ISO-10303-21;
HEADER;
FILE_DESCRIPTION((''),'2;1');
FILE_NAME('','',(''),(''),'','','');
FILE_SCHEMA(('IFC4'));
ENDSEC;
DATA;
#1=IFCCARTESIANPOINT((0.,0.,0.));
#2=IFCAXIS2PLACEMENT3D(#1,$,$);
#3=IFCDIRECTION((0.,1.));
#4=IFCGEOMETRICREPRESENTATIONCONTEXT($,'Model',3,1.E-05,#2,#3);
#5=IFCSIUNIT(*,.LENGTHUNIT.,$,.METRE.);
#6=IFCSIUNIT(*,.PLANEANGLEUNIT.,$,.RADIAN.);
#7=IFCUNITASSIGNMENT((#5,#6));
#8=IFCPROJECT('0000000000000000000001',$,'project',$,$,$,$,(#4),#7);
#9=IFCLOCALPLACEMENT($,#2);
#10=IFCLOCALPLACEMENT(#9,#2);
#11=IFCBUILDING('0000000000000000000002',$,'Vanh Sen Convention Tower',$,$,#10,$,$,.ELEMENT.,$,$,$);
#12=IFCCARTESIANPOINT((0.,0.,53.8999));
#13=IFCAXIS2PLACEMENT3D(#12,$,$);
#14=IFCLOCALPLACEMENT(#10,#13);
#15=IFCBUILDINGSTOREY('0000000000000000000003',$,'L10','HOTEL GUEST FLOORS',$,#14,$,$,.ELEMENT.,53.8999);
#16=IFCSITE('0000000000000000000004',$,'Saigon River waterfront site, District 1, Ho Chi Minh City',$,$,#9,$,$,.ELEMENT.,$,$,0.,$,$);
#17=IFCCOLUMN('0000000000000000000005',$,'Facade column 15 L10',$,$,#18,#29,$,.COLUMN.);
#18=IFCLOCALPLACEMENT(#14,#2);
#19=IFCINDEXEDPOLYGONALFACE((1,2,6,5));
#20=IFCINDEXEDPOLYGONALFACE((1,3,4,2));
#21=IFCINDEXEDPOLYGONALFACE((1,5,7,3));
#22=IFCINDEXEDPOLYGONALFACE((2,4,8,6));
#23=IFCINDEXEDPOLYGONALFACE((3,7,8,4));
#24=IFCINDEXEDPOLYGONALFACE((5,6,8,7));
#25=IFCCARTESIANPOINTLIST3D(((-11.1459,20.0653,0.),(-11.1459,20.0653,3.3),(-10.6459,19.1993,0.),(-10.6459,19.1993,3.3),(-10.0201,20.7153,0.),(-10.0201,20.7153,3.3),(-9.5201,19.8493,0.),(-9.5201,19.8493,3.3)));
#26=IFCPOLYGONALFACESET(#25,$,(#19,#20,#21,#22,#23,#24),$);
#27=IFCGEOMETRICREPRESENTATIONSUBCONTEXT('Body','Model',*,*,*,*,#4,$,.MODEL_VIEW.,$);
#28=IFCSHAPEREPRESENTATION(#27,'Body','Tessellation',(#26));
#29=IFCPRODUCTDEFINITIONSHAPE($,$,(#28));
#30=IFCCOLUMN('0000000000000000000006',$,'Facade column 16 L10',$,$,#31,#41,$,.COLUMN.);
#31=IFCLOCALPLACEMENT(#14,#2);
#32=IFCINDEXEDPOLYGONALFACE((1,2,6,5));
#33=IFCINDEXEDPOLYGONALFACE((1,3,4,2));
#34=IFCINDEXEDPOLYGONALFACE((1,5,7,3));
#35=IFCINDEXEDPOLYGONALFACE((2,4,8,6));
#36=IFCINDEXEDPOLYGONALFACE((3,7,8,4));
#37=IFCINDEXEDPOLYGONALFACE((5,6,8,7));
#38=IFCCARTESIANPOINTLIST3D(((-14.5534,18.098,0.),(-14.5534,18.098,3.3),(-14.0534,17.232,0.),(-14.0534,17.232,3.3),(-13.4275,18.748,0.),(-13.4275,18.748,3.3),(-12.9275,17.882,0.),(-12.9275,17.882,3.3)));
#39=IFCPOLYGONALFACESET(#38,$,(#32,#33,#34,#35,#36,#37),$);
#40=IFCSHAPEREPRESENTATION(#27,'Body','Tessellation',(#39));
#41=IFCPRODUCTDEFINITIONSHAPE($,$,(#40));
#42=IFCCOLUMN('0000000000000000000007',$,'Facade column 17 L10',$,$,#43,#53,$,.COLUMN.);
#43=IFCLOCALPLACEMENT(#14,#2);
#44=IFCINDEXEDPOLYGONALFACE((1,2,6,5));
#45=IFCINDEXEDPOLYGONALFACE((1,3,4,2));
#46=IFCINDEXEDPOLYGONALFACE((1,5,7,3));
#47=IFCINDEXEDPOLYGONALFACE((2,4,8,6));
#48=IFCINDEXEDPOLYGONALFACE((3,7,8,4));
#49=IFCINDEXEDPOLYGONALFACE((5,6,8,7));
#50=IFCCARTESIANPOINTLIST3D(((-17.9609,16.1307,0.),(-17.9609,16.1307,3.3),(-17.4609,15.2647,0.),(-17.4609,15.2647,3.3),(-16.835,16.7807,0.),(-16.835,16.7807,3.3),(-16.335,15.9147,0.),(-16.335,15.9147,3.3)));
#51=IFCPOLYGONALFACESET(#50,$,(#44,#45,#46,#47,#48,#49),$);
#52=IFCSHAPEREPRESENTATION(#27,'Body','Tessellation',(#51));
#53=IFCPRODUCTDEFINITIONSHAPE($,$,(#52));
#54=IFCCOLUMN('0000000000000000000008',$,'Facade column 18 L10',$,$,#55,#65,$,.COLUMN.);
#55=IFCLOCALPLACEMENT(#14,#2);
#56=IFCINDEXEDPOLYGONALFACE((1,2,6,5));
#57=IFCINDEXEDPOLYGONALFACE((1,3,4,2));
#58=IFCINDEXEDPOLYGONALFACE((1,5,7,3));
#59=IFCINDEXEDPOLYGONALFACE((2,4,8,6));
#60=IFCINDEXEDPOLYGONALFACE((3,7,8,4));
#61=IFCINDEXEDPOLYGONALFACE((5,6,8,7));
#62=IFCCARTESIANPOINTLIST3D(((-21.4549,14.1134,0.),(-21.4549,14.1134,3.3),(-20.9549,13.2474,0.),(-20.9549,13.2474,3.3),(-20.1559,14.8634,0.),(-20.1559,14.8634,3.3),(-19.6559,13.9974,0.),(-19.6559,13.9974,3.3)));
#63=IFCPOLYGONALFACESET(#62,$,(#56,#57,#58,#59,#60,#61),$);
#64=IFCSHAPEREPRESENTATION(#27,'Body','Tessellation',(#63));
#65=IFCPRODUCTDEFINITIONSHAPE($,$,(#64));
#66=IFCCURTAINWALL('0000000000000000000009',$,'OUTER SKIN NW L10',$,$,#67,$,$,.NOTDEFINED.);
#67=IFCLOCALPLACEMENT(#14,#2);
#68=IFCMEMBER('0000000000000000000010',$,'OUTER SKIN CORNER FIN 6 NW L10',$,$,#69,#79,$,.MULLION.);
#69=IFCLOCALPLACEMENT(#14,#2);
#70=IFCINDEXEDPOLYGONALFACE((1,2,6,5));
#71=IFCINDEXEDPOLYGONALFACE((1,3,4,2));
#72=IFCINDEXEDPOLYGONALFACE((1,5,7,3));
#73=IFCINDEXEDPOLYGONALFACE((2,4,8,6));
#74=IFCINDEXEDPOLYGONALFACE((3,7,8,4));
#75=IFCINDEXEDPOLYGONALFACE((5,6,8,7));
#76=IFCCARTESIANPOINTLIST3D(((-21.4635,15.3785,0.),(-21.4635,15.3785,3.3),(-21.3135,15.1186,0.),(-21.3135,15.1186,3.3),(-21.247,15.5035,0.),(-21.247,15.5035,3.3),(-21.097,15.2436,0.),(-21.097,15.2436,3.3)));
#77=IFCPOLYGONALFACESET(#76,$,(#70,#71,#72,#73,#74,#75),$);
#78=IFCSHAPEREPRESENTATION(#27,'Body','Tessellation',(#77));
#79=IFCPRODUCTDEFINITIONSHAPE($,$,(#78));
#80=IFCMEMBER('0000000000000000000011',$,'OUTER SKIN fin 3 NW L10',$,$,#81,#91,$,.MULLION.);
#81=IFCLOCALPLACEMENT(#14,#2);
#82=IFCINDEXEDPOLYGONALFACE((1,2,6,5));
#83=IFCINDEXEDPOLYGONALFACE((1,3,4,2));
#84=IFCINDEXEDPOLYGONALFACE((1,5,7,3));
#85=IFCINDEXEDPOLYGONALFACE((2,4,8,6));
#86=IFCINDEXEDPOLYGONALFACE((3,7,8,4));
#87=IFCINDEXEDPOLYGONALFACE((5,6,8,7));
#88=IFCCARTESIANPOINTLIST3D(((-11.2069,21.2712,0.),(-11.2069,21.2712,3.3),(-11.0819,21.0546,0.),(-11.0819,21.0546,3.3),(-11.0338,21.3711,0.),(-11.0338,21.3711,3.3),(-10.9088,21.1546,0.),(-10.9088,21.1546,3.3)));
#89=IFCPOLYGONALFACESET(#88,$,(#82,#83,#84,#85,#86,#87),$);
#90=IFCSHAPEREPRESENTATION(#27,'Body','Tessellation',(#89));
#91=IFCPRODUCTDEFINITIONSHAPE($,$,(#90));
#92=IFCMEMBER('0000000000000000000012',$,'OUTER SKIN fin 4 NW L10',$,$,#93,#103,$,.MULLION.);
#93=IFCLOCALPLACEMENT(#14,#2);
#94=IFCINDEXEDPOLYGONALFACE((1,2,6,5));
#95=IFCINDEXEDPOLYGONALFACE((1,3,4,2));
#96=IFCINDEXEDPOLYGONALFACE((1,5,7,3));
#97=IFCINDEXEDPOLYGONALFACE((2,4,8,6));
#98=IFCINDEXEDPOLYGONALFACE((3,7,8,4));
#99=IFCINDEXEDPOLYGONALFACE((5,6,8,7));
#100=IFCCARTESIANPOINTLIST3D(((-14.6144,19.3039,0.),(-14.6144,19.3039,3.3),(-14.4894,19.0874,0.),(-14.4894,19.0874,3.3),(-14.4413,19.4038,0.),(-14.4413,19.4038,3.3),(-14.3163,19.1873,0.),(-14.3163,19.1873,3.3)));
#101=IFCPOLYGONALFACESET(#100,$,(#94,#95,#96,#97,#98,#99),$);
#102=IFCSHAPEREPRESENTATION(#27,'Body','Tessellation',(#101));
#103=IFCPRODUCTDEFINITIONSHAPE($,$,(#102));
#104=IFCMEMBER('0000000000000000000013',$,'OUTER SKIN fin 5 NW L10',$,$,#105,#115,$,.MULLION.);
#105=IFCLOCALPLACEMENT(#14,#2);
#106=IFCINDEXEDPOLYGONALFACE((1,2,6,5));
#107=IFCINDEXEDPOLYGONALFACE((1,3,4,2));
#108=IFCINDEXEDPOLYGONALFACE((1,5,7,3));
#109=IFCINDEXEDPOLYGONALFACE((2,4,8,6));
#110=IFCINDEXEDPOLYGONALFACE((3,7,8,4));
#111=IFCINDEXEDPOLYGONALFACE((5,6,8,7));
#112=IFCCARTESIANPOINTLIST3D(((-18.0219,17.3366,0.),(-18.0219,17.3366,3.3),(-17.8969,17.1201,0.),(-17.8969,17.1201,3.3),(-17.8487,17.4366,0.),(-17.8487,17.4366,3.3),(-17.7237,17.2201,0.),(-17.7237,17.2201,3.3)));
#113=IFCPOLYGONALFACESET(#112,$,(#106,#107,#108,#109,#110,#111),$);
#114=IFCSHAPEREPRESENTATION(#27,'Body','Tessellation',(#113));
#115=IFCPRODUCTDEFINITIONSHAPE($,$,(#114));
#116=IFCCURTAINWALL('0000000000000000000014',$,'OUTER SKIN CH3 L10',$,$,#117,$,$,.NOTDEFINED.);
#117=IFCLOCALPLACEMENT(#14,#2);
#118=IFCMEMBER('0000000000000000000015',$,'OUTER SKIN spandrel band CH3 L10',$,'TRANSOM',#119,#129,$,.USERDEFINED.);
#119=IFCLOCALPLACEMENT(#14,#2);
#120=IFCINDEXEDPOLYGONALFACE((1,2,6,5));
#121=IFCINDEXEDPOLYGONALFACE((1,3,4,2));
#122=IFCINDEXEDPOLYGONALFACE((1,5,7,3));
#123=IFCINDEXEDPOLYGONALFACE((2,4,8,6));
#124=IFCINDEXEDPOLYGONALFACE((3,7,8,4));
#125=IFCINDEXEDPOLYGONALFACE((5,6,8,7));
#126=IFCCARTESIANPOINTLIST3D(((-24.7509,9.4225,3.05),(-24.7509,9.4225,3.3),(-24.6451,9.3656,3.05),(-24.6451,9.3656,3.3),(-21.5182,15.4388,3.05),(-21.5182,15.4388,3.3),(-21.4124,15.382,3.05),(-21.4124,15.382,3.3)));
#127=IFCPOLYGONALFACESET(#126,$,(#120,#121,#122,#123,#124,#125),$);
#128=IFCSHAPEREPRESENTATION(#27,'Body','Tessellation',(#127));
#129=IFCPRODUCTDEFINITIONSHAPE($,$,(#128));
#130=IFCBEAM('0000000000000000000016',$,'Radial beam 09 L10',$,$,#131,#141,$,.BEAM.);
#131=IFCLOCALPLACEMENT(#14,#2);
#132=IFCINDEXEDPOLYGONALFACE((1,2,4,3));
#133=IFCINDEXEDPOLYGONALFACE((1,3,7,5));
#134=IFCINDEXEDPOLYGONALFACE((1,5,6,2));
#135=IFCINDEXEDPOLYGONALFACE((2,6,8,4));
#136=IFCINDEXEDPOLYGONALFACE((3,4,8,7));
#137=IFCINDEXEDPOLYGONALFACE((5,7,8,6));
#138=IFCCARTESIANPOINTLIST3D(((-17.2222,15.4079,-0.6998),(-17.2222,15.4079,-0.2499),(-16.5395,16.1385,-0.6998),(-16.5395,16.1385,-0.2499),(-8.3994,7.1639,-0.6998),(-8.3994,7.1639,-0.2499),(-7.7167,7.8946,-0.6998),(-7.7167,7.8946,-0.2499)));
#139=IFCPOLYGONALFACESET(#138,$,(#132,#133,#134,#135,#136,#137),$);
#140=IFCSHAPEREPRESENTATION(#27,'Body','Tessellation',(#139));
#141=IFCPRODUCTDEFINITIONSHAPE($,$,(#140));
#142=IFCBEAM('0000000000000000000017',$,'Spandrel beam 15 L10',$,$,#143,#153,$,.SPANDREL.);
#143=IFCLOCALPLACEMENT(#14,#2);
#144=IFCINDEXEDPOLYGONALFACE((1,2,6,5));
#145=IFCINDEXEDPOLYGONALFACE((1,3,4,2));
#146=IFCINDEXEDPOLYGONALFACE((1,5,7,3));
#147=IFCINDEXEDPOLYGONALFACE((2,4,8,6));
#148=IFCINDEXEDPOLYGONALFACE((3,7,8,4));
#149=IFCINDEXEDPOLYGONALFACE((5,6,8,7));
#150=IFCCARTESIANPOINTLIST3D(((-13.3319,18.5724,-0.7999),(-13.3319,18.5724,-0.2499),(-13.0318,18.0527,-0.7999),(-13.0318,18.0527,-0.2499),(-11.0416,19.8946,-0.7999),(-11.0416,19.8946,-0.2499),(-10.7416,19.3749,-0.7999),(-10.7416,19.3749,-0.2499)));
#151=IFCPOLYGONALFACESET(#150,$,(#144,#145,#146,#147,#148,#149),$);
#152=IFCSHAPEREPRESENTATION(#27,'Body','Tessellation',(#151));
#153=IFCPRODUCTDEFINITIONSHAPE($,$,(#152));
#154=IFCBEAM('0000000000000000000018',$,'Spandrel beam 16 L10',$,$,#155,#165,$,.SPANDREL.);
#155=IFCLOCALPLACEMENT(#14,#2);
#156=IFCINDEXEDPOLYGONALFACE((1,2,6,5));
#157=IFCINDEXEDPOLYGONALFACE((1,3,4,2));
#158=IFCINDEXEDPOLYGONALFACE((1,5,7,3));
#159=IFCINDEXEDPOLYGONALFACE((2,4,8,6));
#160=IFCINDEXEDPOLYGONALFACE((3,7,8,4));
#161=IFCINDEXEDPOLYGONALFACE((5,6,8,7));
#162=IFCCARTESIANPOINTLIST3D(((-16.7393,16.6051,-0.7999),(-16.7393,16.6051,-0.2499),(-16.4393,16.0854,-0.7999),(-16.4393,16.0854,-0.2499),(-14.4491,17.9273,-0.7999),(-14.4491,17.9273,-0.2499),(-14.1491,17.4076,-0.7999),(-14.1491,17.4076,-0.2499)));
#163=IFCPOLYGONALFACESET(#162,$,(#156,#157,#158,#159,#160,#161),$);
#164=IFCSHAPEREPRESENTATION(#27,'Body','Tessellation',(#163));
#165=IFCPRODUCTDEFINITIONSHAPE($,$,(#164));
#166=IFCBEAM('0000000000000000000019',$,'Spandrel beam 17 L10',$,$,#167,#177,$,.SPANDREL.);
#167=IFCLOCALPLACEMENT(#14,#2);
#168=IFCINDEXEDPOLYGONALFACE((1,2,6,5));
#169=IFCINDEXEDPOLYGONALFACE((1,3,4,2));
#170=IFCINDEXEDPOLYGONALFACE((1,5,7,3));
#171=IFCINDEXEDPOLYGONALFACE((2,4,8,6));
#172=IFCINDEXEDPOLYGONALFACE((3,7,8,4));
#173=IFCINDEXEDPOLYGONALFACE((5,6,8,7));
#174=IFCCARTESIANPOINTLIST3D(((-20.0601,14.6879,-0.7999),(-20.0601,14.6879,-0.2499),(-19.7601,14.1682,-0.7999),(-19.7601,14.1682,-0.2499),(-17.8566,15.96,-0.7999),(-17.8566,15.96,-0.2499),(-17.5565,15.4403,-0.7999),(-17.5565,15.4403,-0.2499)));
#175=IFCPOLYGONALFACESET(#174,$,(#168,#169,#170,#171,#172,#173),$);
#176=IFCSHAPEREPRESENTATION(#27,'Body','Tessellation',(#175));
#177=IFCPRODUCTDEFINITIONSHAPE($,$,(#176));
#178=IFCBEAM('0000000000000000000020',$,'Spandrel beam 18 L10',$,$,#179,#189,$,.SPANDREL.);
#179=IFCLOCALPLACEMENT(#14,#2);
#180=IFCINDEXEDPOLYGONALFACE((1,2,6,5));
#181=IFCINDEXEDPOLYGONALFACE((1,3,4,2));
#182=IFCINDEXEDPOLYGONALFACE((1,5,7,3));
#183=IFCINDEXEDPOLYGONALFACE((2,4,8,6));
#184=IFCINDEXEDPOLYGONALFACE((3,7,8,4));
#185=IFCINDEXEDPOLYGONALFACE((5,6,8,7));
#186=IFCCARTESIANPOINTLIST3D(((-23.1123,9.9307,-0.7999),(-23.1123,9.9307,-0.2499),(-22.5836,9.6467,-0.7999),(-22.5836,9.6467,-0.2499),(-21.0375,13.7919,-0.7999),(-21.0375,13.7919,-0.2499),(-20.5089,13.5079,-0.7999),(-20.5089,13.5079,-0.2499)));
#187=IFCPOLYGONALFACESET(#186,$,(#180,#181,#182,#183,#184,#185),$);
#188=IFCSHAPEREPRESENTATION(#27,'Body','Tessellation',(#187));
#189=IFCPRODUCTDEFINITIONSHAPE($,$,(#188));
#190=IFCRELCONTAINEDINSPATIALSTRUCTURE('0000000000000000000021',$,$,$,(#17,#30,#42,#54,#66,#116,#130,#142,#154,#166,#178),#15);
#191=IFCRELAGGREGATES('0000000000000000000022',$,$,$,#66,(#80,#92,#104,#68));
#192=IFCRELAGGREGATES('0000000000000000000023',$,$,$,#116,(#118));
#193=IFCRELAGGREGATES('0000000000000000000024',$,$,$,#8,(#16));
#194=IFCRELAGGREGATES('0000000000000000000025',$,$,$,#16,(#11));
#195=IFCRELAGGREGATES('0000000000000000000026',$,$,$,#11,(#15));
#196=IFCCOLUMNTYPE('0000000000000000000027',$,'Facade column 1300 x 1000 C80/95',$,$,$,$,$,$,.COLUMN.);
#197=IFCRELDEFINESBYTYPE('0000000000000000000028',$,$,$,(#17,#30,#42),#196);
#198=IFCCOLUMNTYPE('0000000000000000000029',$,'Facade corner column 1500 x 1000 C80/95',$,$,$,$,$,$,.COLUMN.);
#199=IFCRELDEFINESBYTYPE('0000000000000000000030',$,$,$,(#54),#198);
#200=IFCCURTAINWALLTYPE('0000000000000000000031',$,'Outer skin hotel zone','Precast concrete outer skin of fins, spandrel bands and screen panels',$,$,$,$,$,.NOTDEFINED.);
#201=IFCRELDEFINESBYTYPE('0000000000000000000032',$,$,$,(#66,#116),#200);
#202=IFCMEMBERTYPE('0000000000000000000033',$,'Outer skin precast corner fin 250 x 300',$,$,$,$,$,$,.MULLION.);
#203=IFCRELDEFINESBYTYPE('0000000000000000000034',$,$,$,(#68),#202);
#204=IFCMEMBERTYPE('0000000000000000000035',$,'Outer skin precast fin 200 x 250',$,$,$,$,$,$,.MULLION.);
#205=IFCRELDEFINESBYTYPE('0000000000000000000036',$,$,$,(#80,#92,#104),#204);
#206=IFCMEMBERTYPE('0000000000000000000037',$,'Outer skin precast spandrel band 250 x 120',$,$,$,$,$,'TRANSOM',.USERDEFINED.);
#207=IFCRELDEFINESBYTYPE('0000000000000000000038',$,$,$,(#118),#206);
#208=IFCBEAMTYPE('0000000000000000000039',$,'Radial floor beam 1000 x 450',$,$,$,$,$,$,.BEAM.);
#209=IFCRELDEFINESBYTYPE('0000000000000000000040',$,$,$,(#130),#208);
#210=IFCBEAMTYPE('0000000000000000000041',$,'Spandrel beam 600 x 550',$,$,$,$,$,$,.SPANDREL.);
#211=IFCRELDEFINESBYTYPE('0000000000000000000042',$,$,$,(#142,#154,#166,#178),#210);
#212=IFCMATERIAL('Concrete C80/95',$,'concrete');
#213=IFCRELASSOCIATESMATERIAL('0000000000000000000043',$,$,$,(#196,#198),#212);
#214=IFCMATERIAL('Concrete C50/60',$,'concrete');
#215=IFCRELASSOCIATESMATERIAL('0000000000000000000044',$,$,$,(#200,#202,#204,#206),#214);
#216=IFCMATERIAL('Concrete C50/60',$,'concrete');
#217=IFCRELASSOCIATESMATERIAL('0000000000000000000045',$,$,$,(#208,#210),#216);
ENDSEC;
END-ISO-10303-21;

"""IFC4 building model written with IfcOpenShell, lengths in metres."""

from ifc_helpers import new_model, si_unit, direction, frame, origin, origin_2d, place, context, subcontext, project, spatial, rectangle, extrude, material, material_profile, profile_set, type_object, element, aggregate, save


model = new_model("IFC4")

# Units and contexts
model_context = context("Model", 3, precision=1e-05, world=origin(), true_north=direction((0.0, 1.0)))
body_context = subcontext(model_context, "Body", "Model", "MODEL_VIEW")
ifc_project = project(units=[si_unit("LENGTHUNIT", "METRE"), si_unit("PLANEANGLEUNIT", "RADIAN")], contexts=[model_context])

# Site, building, storey
site_placement = place(None, origin())
site = spatial("IfcSite", under=ifc_project, at=site_placement, Name="Saigon River waterfront site, District 1, Ho Chi Minh City", CompositionType="ELEMENT", RefElevation=0.0)
building_placement = place(site_placement, origin())
building = spatial("IfcBuilding", under=site, at=building_placement, Name="Vanh Sen Convention Tower", CompositionType="ELEMENT")
storey_placement = place(building_placement, frame((0.0, 0.0, 53.8999)))
storey = spatial("IfcBuildingStorey", under=building, at=storey_placement, Name="L10", Description="HOTEL GUEST FLOORS", CompositionType="ELEMENT", Elevation=53.8999)

# Columns
ifc_material_1 = material(Name="Concrete C80/95", Category="concrete")
ifc_material_profile_1 = material_profile(ifc_material_1, rectangle(XDim=1.3, YDim=1.0, at=origin_2d()), Name="RC 1300X1000")
ifc_profile_set_1 = profile_set([ifc_material_profile_1], Name="Concrete C80/95")
column_type_1 = type_object("IfcColumnType", Name="Facade column 1300 x 1000 C80/95", PredefinedType="COLUMN", material=ifc_profile_set_1)
for number, where, z_axis, x_axis, name in (
    (1, (-10.333, 19.9573, 0.0), (0.0, 0.0, 1.0), (-0.866025, -0.5, 0.0), "Facade column 15 L10"),
    (2, (-13.7405, 17.99, 0.0), (0.0, 0.0, 1.0), (-0.866025, -0.5, 0.0), "Facade column 16 L10"),
    (3, (-17.1479, 16.0227, 0.0), (0.0, 0.0, 1.0), (-0.866025, -0.5, 0.0), "Facade column 17 L10"),
):
    element("IfcColumn", number, at=place(storey_placement, frame(where, z_axis=z_axis, x_axis=x_axis)), inside=storey, type_object=column_type_1, Name=name, PredefinedType="COLUMN", context=body_context, shape_type="SweptSolid", body=[
        extrude(rectangle(XDim=1.3, YDim=1.0, at=origin_2d()), origin(), (0.0, 0.0, 1.0), 3.3),
    ])
ifc_material_profile_2 = material_profile(ifc_material_1, rectangle(XDim=1.5, YDim=1.0, at=origin_2d()), Name="RC 1500X1000")
ifc_profile_set_2 = profile_set([ifc_material_profile_2], Name="Concrete C80/95")
column_type_2 = type_object("IfcColumnType", Name="Facade corner column 1500 x 1000 C80/95", PredefinedType="COLUMN", material=ifc_profile_set_2)
column_placement = place(storey_placement, frame((-20.5554, 14.0554, 0.0), z_axis=(0.0, 0.0, 1.0), x_axis=(-0.866025, -0.5, 0.0)))
element("IfcColumn", 4, at=column_placement, inside=storey, type_object=column_type_2, Name="Facade column 18 L10", PredefinedType="COLUMN", context=body_context, shape_type="SweptSolid", body=[
    extrude(rectangle(XDim=1.5, YDim=1.0, at=origin_2d()), origin(), (0.0, 0.0, 1.0), 3.3),
])

# Curtain wall, members
ifc_material_2 = material(Name="Concrete C50/60", Category="concrete")
curtain_wall_type = type_object("IfcCurtainWallType", Name="Outer skin hotel zone", Description="Precast concrete outer skin of fins, spandrel bands and screen panels", PredefinedType="NOTDEFINED", material=ifc_material_2)
curtain_wall_1_placement = place(storey_placement, origin())
curtain_wall_1 = element("IfcCurtainWall", 5, at=curtain_wall_1_placement, inside=storey, type_object=curtain_wall_type, Name="OUTER SKIN NW L10", PredefinedType="NOTDEFINED")
ifc_material_profile_3 = material_profile(ifc_material_2, rectangle(XDim=0.25, YDim=0.3, at=origin_2d()), Name="Outer skin precast corner fin 250 x 300")
ifc_profile_set_3 = profile_set([ifc_material_profile_3], Name="Concrete C50/60")
member_type_1 = type_object("IfcMemberType", Name="Outer skin precast corner fin 250 x 300", PredefinedType="MULLION", material=ifc_profile_set_3)
member_1_placement = place(storey_placement, frame((-21.2803, 15.311, 0.0), z_axis=(0.0, 0.0, 1.0), x_axis=(-0.866025, -0.5, 0.0)))
member_1 = element("IfcMember", 6, at=member_1_placement, type_object=member_type_1, Name="OUTER SKIN CORNER FIN 6 NW L10", PredefinedType="MULLION", context=body_context, shape_type="SweptSolid", body=[
    extrude(rectangle(XDim=0.25, YDim=0.3, at=origin_2d()), origin(), (0.0, 0.0, 1.0), 3.3),
])
ifc_material_profile_4 = material_profile(ifc_material_2, rectangle(XDim=0.2, YDim=0.25, at=origin_2d()), Name="Outer skin precast fin 200 x 250")
ifc_profile_set_4 = profile_set([ifc_material_profile_4], Name="Concrete C50/60")
member_type_2 = type_object("IfcMemberType", Name="Outer skin precast fin 200 x 250", PredefinedType="MULLION", material=ifc_profile_set_4)
member_2_placement = place(storey_placement, frame((-11.0579, 21.2129, 0.0), z_axis=(0.0, 0.0, 1.0), x_axis=(-0.866025, -0.5, 0.0)))
member_2 = element("IfcMember", 7, at=member_2_placement, type_object=member_type_2, Name="OUTER SKIN fin 3 NW L10", PredefinedType="MULLION", context=body_context, shape_type="SweptSolid", body=[
    extrude(rectangle(XDim=0.2, YDim=0.25, at=origin_2d()), origin(), (0.0, 0.0, 1.0), 3.3),
])
member_3_placement = place(storey_placement, frame((-14.4653, 19.2456, 0.0), z_axis=(0.0, 0.0, 1.0), x_axis=(-0.866025, -0.5, 0.0)))
member_3 = element("IfcMember", 8, at=member_3_placement, type_object=member_type_2, Name="OUTER SKIN fin 4 NW L10", PredefinedType="MULLION", context=body_context, shape_type="SweptSolid", body=[
    extrude(rectangle(XDim=0.2, YDim=0.25, at=origin_2d()), origin(), (0.0, 0.0, 1.0), 3.3),
])
member_4_placement = place(storey_placement, frame((-17.8728, 17.2783, 0.0), z_axis=(0.0, 0.0, 1.0), x_axis=(-0.866025, -0.5, 0.0)))
member_4 = element("IfcMember", 9, at=member_4_placement, type_object=member_type_2, Name="OUTER SKIN fin 5 NW L10", PredefinedType="MULLION", context=body_context, shape_type="SweptSolid", body=[
    extrude(rectangle(XDim=0.2, YDim=0.25, at=origin_2d()), origin(), (0.0, 0.0, 1.0), 3.3),
])

# Curtain wall, member
curtain_wall_2_placement = place(storey_placement, origin())
curtain_wall_2 = element("IfcCurtainWall", 10, at=curtain_wall_2_placement, inside=storey, type_object=curtain_wall_type, Name="OUTER SKIN CH3 L10", PredefinedType="NOTDEFINED")
ifc_material_profile_5 = material_profile(ifc_material_2, rectangle(XDim=0.1201, YDim=0.25, at=origin_2d()), Name="Outer skin precast spandrel band 250 x 120")
ifc_profile_set_5 = profile_set([ifc_material_profile_5], Name="Concrete C50/60")
member_type_3 = type_object("IfcMemberType", Name="Outer skin precast spandrel band 250 x 120", ElementType="TRANSOM", PredefinedType="USERDEFINED", material=ifc_profile_set_5)
member_5_placement = place(storey_placement, frame((-21.4653, 15.4104, 3.175), z_axis=(-0.473315, -0.880893, 0.0), x_axis=(0.880893, -0.473315, 0.0)))
member_5 = element("IfcMember", 11, at=member_5_placement, type_object=member_type_3, Name="OUTER SKIN spandrel band CH3 L10", ObjectType="TRANSOM", PredefinedType="USERDEFINED", context=body_context, shape_type="SweptSolid", body=[
    extrude(rectangle(XDim=0.1201, YDim=0.25, at=origin_2d()), origin(), (0.0, 0.0, 1.0), 6.8298),
])

# Beams
ifc_material_3 = material(Name="Concrete C50/60", Category="concrete")
ifc_material_profile_6 = material_profile(ifc_material_3, rectangle(XDim=1.0, YDim=0.45, at=origin_2d()), Name="RC 1000X450")
ifc_profile_set_6 = profile_set([ifc_material_profile_6], Name="Concrete C50/60")
beam_type_1 = type_object("IfcBeamType", Name="Radial floor beam 1000 x 450", PredefinedType="BEAM", material=ifc_profile_set_6)
beam_1_placement = place(storey_placement, frame((-16.8809, 15.7732, -0.4749), z_axis=(0.73067, -0.682731, 0.0), x_axis=(0.682731, 0.73067, 0.0)))
element("IfcBeam", 12, at=beam_1_placement, inside=storey, type_object=beam_type_1, Name="Radial beam 09 L10", PredefinedType="BEAM", context=body_context, shape_type="SweptSolid", body=[
    extrude(rectangle(XDim=1.0, YDim=0.45, at=origin_2d()), origin(), (0.0, 0.0, 1.0), 12.075),
])
ifc_material_profile_7 = material_profile(ifc_material_3, rectangle(XDim=0.6001, YDim=0.55, at=origin_2d()), Name="RC 600X550")
ifc_profile_set_7 = profile_set([ifc_material_profile_7], Name="Concrete C50/60")
beam_type_2 = type_object("IfcBeamType", Name="Spandrel beam 600 x 550", PredefinedType="SPANDREL", material=ifc_profile_set_7)
for number, where, z_axis, x_axis, name in (
    (13, (-10.8916, 19.6348, -0.5249), (-0.86603, -0.499991, 0.0), (0.499991, -0.86603, 0.0), "Spandrel beam 15 L10"),
    (14, (-14.2991, 17.6675, -0.5249), (-0.86603, -0.499991, 0.0), (0.499991, -0.86603, 0.0), "Spandrel beam 16 L10"),
):
    element("IfcBeam", number, at=place(storey_placement, frame(where, z_axis=z_axis, x_axis=x_axis)), inside=storey, type_object=beam_type_2, Name=name, PredefinedType="SPANDREL", context=body_context, shape_type="SweptSolid", body=[
        extrude(rectangle(XDim=0.6001, YDim=0.55, at=origin_2d()), origin(), (0.0, 0.0, 1.0), 2.6445),
    ])
beam_2_placement = place(storey_placement, frame((-17.7065, 15.7002, -0.5249), z_axis=(-0.866032, -0.499988, 0.0), x_axis=(0.499988, -0.866032, 0.0)))
element("IfcBeam", 15, at=beam_2_placement, inside=storey, type_object=beam_type_2, Name="Spandrel beam 17 L10", PredefinedType="SPANDREL", context=body_context, shape_type="SweptSolid", body=[
    extrude(rectangle(XDim=0.6001, YDim=0.55, at=origin_2d()), origin(), (0.0, 0.0, 1.0), 2.5444),
])
beam_3_placement = place(storey_placement, frame((-20.7732, 13.6499, -0.5249), z_axis=(-0.473332, -0.880884, 0.0), x_axis=(0.880884, -0.473332, 0.0)))
element("IfcBeam", 16, at=beam_3_placement, inside=storey, type_object=beam_type_2, Name="Spandrel beam 18 L10", PredefinedType="SPANDREL", context=body_context, shape_type="SweptSolid", body=[
    extrude(rectangle(XDim=0.6001, YDim=0.55, at=origin_2d()), origin(), (0.0, 0.0, 1.0), 4.3833),
])

aggregate(curtain_wall_1, [member_2, member_3, member_4, member_1])
aggregate(curtain_wall_2, [member_5])

save(model, "model.ifc")
